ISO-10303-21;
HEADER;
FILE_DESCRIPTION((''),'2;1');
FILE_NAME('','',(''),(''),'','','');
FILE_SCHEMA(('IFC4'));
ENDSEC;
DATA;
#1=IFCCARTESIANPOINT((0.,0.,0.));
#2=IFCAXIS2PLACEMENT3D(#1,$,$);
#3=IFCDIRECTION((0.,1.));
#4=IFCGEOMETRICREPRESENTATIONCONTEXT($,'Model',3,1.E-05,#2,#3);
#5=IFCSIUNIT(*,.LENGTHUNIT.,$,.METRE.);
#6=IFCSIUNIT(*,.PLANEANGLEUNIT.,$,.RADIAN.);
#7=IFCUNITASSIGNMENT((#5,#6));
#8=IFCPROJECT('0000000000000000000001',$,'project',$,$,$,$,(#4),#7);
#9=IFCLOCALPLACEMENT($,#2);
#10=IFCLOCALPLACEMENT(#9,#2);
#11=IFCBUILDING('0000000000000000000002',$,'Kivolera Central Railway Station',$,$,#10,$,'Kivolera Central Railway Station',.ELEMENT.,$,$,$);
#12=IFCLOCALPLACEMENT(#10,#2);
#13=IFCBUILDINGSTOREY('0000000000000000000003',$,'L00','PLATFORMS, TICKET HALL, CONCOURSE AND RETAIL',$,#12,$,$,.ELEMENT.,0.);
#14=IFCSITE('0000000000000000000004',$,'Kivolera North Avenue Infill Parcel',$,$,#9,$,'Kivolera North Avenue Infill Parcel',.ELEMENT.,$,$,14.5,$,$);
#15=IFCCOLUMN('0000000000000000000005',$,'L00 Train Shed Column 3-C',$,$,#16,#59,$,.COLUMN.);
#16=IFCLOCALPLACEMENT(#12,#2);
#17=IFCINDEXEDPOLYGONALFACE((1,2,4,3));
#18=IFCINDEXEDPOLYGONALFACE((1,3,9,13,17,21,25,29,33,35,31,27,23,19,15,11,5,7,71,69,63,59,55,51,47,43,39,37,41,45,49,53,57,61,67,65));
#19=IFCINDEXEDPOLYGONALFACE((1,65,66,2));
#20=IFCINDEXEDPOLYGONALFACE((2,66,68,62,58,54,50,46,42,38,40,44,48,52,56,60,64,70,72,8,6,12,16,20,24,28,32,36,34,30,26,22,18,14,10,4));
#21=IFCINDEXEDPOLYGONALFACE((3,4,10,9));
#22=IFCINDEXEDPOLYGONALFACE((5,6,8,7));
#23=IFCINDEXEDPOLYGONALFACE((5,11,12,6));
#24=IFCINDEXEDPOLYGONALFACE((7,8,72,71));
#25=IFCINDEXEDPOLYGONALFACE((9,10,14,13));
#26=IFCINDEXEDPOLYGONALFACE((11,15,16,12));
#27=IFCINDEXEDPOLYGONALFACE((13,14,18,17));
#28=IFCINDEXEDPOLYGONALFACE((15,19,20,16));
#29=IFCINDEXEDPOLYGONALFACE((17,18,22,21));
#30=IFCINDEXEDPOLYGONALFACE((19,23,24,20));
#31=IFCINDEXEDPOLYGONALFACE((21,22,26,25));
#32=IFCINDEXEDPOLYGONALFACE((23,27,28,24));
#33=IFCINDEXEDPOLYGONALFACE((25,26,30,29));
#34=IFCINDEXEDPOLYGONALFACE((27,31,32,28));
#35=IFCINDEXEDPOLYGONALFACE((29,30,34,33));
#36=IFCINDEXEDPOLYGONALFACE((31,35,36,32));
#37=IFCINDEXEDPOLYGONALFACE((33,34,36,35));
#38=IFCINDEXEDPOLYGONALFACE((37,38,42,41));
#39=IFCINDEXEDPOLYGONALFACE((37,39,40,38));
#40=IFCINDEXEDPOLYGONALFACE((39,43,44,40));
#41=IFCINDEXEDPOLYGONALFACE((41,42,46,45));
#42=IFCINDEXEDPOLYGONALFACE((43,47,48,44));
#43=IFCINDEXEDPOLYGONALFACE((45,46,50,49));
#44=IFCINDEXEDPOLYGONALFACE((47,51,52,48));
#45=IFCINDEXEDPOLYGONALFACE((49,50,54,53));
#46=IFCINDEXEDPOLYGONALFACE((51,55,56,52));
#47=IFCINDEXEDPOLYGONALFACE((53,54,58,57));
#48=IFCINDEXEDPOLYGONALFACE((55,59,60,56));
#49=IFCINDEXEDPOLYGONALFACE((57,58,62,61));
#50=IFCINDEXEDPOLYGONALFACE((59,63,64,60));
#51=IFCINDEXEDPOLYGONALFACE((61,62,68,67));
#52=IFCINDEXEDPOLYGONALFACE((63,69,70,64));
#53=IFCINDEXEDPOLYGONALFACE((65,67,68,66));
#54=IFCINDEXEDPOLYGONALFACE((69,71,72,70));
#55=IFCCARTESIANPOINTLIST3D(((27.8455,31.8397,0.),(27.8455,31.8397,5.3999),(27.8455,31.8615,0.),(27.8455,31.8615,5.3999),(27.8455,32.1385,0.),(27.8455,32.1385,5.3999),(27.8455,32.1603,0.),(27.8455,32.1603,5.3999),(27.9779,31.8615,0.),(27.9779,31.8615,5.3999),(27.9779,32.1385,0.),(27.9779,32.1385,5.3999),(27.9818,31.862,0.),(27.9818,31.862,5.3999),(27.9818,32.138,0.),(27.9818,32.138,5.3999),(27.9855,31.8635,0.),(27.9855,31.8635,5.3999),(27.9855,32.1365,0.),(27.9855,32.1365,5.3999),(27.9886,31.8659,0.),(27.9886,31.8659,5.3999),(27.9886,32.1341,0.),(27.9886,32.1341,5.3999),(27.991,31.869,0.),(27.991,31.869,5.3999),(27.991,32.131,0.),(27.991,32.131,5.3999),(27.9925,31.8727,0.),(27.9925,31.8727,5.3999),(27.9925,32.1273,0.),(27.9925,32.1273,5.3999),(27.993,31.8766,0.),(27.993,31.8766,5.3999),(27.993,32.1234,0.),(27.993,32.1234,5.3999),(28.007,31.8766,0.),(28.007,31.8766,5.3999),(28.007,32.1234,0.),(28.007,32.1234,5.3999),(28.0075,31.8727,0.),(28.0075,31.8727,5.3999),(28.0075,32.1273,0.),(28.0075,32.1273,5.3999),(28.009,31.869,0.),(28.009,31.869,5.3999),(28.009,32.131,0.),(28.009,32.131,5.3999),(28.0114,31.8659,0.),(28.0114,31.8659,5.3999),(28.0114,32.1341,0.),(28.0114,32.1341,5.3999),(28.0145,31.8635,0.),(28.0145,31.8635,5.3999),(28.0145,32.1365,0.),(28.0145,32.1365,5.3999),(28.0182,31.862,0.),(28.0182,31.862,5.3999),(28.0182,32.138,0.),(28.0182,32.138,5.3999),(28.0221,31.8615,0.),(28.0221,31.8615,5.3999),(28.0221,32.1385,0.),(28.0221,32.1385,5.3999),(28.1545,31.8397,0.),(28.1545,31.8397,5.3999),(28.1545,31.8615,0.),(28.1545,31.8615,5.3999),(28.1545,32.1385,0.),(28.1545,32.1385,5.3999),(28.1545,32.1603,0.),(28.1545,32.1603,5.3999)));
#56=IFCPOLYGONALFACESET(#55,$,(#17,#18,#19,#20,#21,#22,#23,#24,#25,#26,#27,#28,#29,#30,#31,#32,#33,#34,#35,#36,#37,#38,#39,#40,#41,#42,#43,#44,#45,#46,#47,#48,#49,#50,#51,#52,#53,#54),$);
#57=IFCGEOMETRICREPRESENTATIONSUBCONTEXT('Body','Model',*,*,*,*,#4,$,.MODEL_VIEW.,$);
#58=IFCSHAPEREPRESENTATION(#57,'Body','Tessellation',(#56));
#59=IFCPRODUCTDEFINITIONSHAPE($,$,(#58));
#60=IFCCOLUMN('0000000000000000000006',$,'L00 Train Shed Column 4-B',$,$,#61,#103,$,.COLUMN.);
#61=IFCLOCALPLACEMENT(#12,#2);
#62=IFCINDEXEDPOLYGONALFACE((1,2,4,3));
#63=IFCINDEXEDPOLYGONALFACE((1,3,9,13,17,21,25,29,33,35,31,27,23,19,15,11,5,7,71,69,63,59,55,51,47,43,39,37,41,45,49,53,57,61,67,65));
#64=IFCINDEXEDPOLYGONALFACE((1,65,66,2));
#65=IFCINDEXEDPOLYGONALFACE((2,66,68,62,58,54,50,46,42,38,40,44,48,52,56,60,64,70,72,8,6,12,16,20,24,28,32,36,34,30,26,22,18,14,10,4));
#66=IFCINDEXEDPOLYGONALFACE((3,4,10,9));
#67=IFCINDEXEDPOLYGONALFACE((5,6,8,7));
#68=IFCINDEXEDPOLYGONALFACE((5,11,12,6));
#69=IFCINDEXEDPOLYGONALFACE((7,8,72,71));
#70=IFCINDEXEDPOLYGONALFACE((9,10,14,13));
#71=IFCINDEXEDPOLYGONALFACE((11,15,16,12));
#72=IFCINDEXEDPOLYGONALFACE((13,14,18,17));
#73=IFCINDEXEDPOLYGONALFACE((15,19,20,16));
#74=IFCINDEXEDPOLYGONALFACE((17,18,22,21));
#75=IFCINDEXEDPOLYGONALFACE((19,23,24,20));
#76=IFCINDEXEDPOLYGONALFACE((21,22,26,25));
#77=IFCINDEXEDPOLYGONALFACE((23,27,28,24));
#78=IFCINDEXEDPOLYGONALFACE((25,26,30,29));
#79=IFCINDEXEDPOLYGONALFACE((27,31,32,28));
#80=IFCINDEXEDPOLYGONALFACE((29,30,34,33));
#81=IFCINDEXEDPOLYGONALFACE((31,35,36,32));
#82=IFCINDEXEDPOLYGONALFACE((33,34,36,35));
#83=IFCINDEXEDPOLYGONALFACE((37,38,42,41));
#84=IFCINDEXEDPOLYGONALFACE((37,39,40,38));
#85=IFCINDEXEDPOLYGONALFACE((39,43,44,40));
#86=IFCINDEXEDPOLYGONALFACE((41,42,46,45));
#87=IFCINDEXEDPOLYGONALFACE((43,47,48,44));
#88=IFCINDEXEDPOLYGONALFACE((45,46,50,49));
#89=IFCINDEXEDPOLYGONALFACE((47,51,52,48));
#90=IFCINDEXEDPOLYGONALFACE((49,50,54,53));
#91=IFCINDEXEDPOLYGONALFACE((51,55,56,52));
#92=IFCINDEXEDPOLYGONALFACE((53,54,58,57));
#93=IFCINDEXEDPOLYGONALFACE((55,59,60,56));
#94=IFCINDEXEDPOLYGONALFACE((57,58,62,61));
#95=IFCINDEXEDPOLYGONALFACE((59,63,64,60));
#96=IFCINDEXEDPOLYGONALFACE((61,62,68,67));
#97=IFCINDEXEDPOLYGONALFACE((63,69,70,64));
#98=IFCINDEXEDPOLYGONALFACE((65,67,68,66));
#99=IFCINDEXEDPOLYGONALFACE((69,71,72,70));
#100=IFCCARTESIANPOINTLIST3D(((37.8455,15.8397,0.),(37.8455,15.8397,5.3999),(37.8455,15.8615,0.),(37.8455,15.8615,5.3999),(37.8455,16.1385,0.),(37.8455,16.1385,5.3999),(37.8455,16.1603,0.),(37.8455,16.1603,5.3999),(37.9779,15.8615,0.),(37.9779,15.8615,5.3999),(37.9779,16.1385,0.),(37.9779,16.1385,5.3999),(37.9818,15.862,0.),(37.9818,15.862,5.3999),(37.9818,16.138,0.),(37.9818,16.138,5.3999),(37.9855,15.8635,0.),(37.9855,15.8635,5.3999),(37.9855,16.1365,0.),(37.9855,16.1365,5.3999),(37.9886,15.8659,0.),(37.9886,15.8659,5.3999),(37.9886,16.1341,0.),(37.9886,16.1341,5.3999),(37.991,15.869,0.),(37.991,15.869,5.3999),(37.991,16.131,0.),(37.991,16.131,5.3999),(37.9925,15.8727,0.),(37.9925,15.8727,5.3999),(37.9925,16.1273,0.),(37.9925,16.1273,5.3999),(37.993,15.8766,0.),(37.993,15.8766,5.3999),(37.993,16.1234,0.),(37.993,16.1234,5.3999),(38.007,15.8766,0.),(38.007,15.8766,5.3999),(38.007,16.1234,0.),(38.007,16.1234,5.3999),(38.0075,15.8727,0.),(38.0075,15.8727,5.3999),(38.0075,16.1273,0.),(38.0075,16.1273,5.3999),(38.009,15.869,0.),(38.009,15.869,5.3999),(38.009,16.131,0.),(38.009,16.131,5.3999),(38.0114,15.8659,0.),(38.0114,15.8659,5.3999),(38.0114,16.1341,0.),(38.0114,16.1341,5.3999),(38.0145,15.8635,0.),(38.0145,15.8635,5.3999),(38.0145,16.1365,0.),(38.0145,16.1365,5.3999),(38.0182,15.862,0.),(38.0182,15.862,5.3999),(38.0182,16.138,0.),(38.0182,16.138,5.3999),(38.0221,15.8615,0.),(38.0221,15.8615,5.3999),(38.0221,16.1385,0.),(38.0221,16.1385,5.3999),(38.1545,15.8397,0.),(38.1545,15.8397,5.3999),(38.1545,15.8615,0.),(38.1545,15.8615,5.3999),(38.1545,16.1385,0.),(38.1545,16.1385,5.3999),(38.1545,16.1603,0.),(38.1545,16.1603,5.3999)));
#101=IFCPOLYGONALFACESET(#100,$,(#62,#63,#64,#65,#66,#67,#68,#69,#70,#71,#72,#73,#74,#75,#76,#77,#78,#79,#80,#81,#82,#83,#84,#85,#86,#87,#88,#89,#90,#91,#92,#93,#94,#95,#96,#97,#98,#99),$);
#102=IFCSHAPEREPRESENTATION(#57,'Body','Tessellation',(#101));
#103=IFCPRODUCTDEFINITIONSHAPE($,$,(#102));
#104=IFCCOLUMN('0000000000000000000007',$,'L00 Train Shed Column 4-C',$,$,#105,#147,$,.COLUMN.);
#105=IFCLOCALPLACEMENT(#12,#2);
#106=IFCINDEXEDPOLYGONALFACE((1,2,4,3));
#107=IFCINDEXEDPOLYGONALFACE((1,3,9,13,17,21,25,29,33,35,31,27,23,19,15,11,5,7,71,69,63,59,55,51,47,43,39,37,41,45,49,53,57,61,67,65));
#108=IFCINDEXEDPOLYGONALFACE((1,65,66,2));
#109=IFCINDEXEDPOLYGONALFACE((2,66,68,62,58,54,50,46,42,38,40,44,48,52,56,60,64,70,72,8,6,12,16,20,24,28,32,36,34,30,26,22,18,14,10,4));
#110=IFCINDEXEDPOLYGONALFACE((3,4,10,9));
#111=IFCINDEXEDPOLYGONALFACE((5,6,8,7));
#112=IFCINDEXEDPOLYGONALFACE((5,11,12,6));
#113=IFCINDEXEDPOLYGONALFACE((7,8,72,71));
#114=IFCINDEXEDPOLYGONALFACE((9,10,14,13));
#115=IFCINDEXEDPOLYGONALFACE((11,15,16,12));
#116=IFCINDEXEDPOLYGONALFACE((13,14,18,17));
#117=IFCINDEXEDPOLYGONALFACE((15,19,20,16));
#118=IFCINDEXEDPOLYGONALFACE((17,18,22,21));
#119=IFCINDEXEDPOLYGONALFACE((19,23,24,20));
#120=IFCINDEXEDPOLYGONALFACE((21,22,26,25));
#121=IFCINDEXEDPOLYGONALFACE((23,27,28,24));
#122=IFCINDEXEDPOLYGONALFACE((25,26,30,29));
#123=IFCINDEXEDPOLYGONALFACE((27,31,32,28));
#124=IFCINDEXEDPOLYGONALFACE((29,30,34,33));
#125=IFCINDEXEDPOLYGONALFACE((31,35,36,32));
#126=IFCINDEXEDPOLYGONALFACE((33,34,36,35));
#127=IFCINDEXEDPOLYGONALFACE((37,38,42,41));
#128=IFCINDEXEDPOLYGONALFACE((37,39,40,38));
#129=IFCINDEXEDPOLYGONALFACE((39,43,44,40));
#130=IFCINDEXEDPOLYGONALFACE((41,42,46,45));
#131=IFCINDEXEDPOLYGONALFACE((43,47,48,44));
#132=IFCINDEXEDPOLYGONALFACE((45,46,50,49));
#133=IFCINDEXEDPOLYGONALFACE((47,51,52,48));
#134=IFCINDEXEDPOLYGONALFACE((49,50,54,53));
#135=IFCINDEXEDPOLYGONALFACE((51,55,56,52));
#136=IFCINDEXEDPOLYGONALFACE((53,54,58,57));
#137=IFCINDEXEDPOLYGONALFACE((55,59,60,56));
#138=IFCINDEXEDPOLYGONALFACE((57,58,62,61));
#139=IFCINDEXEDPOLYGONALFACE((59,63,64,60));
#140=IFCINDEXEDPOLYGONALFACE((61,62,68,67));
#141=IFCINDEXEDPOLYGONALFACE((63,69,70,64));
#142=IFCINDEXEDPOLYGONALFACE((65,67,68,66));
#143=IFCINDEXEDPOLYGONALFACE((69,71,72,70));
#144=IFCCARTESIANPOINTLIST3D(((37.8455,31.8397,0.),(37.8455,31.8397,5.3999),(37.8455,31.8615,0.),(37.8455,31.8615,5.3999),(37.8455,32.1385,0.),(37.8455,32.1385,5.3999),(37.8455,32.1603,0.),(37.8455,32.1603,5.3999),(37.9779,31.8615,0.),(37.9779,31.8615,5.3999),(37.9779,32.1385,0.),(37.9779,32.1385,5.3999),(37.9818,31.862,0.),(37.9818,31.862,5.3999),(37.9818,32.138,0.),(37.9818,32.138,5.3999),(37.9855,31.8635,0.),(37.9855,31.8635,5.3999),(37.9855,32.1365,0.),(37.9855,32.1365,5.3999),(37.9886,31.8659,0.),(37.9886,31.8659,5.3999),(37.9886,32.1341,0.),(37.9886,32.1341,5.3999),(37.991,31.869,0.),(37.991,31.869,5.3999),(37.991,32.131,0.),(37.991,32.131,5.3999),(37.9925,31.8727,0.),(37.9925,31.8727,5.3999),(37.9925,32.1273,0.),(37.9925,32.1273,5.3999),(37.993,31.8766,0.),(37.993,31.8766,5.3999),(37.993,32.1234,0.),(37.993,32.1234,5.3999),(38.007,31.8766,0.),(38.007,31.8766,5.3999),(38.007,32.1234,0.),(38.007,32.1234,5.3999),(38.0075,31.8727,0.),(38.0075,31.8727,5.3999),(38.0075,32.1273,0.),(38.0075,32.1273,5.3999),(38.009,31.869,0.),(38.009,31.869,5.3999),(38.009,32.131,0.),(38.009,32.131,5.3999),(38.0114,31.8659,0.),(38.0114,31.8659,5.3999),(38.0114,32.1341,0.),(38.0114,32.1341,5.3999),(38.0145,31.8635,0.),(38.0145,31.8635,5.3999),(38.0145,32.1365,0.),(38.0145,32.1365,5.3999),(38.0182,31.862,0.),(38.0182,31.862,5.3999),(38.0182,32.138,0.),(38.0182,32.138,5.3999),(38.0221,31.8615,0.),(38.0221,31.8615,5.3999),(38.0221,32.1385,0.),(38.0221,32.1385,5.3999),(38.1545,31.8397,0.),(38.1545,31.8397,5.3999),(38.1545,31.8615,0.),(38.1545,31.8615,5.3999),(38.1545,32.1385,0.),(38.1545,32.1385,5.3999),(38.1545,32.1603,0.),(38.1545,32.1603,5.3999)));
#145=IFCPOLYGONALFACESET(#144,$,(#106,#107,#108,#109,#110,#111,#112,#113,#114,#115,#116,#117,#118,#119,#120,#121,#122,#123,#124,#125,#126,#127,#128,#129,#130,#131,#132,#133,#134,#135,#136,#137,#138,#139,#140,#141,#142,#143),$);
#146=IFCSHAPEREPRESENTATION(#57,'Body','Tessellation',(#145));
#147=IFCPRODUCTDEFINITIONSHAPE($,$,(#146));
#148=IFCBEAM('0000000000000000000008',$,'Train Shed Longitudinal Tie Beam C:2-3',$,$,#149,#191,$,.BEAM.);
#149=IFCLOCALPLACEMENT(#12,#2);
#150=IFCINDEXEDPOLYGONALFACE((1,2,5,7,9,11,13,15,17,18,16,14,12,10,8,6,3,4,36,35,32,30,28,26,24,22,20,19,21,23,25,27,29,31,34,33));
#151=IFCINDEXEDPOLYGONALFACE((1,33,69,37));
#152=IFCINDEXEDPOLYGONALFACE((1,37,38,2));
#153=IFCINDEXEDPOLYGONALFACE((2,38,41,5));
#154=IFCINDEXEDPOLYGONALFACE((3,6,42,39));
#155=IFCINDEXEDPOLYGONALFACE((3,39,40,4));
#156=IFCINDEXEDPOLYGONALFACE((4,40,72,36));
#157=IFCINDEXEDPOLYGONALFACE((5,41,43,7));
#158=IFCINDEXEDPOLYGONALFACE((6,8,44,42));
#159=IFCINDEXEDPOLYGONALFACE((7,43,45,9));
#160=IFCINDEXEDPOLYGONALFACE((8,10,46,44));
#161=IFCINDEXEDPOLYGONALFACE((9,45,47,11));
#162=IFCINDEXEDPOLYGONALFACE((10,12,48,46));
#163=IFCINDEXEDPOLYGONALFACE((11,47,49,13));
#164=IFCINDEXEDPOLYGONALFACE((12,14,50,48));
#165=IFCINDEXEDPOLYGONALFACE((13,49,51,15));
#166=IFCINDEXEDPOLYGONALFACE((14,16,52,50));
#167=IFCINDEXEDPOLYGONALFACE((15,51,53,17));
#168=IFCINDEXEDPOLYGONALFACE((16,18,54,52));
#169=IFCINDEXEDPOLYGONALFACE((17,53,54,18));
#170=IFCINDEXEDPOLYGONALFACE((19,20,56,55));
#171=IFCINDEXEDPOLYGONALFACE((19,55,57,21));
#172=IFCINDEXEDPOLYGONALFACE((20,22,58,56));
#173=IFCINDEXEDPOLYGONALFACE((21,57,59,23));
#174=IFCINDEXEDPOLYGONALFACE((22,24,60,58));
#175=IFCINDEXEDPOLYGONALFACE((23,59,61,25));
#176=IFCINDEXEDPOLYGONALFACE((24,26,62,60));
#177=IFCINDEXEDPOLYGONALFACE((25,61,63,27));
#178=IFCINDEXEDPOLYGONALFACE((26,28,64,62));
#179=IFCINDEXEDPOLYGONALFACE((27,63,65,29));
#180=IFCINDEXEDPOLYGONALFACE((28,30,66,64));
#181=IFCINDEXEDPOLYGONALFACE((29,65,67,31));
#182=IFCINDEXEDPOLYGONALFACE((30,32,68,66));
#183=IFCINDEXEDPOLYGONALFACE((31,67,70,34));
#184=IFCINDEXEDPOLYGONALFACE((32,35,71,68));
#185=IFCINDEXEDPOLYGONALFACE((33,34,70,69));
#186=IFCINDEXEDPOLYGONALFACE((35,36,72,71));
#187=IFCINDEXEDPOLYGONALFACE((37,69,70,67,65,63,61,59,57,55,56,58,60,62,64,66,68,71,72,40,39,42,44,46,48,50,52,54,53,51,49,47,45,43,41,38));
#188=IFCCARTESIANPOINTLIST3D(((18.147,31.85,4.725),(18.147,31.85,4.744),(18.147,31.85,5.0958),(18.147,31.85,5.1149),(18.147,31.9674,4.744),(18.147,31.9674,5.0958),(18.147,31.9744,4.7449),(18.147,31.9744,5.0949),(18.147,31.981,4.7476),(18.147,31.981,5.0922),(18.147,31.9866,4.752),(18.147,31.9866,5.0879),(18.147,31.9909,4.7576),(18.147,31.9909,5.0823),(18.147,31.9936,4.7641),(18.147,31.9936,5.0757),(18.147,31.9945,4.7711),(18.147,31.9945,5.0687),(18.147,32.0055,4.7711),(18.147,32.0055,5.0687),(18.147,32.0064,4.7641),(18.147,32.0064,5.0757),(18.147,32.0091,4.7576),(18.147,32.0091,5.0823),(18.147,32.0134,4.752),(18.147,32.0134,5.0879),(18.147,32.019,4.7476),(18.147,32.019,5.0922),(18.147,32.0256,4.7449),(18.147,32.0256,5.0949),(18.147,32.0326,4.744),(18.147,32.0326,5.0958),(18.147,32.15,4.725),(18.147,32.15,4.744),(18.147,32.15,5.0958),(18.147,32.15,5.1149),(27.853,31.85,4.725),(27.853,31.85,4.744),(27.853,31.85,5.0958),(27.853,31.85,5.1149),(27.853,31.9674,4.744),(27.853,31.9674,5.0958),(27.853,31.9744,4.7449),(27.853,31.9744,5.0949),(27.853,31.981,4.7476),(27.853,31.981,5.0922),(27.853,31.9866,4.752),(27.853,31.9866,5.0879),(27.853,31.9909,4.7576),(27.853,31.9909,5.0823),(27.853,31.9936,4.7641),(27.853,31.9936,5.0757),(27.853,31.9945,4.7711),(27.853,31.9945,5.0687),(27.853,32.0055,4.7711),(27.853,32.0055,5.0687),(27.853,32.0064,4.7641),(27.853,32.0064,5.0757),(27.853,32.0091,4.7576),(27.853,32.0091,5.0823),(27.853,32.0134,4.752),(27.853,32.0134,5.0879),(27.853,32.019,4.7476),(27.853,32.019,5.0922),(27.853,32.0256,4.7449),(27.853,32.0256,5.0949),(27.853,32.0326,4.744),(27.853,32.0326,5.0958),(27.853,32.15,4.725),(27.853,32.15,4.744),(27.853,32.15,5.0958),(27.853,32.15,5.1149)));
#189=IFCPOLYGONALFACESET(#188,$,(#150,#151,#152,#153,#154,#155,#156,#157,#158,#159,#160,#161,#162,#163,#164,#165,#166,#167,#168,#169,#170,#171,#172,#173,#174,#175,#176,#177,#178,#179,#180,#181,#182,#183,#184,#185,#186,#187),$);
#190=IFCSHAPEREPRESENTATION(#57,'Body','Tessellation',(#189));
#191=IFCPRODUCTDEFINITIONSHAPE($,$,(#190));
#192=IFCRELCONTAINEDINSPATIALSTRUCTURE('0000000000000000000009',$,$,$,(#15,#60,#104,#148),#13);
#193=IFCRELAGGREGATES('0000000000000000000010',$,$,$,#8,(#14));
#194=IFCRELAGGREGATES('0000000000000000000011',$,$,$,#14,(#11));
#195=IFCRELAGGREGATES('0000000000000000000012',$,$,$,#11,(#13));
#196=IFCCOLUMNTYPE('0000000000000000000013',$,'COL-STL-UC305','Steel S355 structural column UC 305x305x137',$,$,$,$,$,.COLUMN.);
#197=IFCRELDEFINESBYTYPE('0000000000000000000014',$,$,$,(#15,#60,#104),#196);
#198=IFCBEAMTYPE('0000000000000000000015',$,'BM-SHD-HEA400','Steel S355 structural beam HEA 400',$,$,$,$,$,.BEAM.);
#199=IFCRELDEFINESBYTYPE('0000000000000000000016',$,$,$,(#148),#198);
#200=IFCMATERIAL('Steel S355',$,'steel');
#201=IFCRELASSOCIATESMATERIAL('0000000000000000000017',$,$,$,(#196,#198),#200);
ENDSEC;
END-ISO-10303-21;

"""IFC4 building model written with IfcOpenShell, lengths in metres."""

from ifc_helpers import new_model, si_unit, direction, frame, origin, origin_2d, place, context, subcontext, project, spatial, i_section, extrude, material, material_profile, profile_set, type_object, element, save


model = new_model("IFC4")

# Units and contexts
model_context = context("Model", 3, precision=1e-05, world=origin(), true_north=direction((0.0, 1.0)))
body_context = subcontext(model_context, "Body", "Model", "MODEL_VIEW")
ifc_project = project(units=[si_unit("LENGTHUNIT", "METRE"), si_unit("PLANEANGLEUNIT", "RADIAN")], contexts=[model_context])

# Site, building, storey
site_placement = place(None, origin())
site = spatial("IfcSite", under=ifc_project, at=site_placement, Name="Kivolera North Avenue Infill Parcel", LongName="Kivolera North Avenue Infill Parcel", CompositionType="ELEMENT", RefElevation=14.5)
building_placement = place(site_placement, origin())
building = spatial("IfcBuilding", under=site, at=building_placement, Name="Kivolera Central Railway Station", LongName="Kivolera Central Railway Station", CompositionType="ELEMENT")
storey_placement = place(building_placement, origin())
storey = spatial("IfcBuildingStorey", under=building, at=storey_placement, Name="L00", Description="PLATFORMS, TICKET HALL, CONCOURSE AND RETAIL", CompositionType="ELEMENT", Elevation=0.0)

# Columns
ifc_material_1 = material(Name="Steel S355", Category="steel")
ifc_material_profile_1 = material_profile(ifc_material_1, i_section(OverallWidth=0.3091, OverallDepth=0.3206, WebThickness=0.0139, FlangeThickness=0.0217, FilletRadius=0.0151, at=origin_2d()), Name="UC 305x305x137")
ifc_profile_set_1 = profile_set([ifc_material_profile_1], Name="Steel S355")
column_type = type_object("IfcColumnType", Name="COL-STL-UC305", Description="Steel S355 structural column UC 305x305x137", PredefinedType="COLUMN", material=ifc_profile_set_1)
for number, where, z_axis, x_axis, name in (
    (1, (28.0, 32.0, 0.0), (0.0, 0.0, 1.0), (1.0, 0.0, 0.0), "L00 Train Shed Column 3-C"),
    (2, (38.0, 16.0, 0.0), (0.0, 0.0, 1.0), (1.0, 0.0, 0.0), "L00 Train Shed Column 4-B"),
    (3, (38.0, 32.0, 0.0), (0.0, 0.0, 1.0), (1.0, 0.0, 0.0), "L00 Train Shed Column 4-C"),
):
    element("IfcColumn", number, at=place(storey_placement, frame(where, z_axis=z_axis, x_axis=x_axis)), inside=storey, type_object=column_type, Name=name, PredefinedType="COLUMN", context=body_context, shape_type="SweptSolid", body=[
        extrude(i_section(OverallWidth=0.3091, OverallDepth=0.3206, WebThickness=0.0139, FlangeThickness=0.0217, FilletRadius=0.0151, at=origin_2d()), origin(), (0.0, 0.0, 1.0), 5.3999),
    ])

# Beam
ifc_material_profile_2 = material_profile(ifc_material_1, i_section(OverallWidth=0.3, OverallDepth=0.3899, WebThickness=0.011, FlangeThickness=0.019, FilletRadius=0.0271, at=origin_2d()), Name="HEA 400")
ifc_profile_set_2 = profile_set([ifc_material_profile_2], Name="Steel S355")
beam_type = type_object("IfcBeamType", Name="BM-SHD-HEA400", Description="Steel S355 structural beam HEA 400", PredefinedType="BEAM", material=ifc_profile_set_2)
for number, where, z_axis, x_axis, name in (
    (4, (18.147, 32.0, 4.9199), (1.0, 0.0, 0.0), (0.0, 1.0, 0.0), "Train Shed Longitudinal Tie Beam C:2-3"),
):
    element("IfcBeam", number, at=place(storey_placement, frame(where, z_axis=z_axis, x_axis=x_axis)), inside=storey, type_object=beam_type, Name=name, PredefinedType="BEAM", context=body_context, shape_type="SweptSolid", body=[
        extrude(i_section(OverallWidth=0.3, OverallDepth=0.3899, WebThickness=0.011, FlangeThickness=0.019, FilletRadius=0.0271, at=origin_2d()), origin(), (0.0, 0.0, 1.0), 9.7061),
    ])

save(model, "model.ifc")
